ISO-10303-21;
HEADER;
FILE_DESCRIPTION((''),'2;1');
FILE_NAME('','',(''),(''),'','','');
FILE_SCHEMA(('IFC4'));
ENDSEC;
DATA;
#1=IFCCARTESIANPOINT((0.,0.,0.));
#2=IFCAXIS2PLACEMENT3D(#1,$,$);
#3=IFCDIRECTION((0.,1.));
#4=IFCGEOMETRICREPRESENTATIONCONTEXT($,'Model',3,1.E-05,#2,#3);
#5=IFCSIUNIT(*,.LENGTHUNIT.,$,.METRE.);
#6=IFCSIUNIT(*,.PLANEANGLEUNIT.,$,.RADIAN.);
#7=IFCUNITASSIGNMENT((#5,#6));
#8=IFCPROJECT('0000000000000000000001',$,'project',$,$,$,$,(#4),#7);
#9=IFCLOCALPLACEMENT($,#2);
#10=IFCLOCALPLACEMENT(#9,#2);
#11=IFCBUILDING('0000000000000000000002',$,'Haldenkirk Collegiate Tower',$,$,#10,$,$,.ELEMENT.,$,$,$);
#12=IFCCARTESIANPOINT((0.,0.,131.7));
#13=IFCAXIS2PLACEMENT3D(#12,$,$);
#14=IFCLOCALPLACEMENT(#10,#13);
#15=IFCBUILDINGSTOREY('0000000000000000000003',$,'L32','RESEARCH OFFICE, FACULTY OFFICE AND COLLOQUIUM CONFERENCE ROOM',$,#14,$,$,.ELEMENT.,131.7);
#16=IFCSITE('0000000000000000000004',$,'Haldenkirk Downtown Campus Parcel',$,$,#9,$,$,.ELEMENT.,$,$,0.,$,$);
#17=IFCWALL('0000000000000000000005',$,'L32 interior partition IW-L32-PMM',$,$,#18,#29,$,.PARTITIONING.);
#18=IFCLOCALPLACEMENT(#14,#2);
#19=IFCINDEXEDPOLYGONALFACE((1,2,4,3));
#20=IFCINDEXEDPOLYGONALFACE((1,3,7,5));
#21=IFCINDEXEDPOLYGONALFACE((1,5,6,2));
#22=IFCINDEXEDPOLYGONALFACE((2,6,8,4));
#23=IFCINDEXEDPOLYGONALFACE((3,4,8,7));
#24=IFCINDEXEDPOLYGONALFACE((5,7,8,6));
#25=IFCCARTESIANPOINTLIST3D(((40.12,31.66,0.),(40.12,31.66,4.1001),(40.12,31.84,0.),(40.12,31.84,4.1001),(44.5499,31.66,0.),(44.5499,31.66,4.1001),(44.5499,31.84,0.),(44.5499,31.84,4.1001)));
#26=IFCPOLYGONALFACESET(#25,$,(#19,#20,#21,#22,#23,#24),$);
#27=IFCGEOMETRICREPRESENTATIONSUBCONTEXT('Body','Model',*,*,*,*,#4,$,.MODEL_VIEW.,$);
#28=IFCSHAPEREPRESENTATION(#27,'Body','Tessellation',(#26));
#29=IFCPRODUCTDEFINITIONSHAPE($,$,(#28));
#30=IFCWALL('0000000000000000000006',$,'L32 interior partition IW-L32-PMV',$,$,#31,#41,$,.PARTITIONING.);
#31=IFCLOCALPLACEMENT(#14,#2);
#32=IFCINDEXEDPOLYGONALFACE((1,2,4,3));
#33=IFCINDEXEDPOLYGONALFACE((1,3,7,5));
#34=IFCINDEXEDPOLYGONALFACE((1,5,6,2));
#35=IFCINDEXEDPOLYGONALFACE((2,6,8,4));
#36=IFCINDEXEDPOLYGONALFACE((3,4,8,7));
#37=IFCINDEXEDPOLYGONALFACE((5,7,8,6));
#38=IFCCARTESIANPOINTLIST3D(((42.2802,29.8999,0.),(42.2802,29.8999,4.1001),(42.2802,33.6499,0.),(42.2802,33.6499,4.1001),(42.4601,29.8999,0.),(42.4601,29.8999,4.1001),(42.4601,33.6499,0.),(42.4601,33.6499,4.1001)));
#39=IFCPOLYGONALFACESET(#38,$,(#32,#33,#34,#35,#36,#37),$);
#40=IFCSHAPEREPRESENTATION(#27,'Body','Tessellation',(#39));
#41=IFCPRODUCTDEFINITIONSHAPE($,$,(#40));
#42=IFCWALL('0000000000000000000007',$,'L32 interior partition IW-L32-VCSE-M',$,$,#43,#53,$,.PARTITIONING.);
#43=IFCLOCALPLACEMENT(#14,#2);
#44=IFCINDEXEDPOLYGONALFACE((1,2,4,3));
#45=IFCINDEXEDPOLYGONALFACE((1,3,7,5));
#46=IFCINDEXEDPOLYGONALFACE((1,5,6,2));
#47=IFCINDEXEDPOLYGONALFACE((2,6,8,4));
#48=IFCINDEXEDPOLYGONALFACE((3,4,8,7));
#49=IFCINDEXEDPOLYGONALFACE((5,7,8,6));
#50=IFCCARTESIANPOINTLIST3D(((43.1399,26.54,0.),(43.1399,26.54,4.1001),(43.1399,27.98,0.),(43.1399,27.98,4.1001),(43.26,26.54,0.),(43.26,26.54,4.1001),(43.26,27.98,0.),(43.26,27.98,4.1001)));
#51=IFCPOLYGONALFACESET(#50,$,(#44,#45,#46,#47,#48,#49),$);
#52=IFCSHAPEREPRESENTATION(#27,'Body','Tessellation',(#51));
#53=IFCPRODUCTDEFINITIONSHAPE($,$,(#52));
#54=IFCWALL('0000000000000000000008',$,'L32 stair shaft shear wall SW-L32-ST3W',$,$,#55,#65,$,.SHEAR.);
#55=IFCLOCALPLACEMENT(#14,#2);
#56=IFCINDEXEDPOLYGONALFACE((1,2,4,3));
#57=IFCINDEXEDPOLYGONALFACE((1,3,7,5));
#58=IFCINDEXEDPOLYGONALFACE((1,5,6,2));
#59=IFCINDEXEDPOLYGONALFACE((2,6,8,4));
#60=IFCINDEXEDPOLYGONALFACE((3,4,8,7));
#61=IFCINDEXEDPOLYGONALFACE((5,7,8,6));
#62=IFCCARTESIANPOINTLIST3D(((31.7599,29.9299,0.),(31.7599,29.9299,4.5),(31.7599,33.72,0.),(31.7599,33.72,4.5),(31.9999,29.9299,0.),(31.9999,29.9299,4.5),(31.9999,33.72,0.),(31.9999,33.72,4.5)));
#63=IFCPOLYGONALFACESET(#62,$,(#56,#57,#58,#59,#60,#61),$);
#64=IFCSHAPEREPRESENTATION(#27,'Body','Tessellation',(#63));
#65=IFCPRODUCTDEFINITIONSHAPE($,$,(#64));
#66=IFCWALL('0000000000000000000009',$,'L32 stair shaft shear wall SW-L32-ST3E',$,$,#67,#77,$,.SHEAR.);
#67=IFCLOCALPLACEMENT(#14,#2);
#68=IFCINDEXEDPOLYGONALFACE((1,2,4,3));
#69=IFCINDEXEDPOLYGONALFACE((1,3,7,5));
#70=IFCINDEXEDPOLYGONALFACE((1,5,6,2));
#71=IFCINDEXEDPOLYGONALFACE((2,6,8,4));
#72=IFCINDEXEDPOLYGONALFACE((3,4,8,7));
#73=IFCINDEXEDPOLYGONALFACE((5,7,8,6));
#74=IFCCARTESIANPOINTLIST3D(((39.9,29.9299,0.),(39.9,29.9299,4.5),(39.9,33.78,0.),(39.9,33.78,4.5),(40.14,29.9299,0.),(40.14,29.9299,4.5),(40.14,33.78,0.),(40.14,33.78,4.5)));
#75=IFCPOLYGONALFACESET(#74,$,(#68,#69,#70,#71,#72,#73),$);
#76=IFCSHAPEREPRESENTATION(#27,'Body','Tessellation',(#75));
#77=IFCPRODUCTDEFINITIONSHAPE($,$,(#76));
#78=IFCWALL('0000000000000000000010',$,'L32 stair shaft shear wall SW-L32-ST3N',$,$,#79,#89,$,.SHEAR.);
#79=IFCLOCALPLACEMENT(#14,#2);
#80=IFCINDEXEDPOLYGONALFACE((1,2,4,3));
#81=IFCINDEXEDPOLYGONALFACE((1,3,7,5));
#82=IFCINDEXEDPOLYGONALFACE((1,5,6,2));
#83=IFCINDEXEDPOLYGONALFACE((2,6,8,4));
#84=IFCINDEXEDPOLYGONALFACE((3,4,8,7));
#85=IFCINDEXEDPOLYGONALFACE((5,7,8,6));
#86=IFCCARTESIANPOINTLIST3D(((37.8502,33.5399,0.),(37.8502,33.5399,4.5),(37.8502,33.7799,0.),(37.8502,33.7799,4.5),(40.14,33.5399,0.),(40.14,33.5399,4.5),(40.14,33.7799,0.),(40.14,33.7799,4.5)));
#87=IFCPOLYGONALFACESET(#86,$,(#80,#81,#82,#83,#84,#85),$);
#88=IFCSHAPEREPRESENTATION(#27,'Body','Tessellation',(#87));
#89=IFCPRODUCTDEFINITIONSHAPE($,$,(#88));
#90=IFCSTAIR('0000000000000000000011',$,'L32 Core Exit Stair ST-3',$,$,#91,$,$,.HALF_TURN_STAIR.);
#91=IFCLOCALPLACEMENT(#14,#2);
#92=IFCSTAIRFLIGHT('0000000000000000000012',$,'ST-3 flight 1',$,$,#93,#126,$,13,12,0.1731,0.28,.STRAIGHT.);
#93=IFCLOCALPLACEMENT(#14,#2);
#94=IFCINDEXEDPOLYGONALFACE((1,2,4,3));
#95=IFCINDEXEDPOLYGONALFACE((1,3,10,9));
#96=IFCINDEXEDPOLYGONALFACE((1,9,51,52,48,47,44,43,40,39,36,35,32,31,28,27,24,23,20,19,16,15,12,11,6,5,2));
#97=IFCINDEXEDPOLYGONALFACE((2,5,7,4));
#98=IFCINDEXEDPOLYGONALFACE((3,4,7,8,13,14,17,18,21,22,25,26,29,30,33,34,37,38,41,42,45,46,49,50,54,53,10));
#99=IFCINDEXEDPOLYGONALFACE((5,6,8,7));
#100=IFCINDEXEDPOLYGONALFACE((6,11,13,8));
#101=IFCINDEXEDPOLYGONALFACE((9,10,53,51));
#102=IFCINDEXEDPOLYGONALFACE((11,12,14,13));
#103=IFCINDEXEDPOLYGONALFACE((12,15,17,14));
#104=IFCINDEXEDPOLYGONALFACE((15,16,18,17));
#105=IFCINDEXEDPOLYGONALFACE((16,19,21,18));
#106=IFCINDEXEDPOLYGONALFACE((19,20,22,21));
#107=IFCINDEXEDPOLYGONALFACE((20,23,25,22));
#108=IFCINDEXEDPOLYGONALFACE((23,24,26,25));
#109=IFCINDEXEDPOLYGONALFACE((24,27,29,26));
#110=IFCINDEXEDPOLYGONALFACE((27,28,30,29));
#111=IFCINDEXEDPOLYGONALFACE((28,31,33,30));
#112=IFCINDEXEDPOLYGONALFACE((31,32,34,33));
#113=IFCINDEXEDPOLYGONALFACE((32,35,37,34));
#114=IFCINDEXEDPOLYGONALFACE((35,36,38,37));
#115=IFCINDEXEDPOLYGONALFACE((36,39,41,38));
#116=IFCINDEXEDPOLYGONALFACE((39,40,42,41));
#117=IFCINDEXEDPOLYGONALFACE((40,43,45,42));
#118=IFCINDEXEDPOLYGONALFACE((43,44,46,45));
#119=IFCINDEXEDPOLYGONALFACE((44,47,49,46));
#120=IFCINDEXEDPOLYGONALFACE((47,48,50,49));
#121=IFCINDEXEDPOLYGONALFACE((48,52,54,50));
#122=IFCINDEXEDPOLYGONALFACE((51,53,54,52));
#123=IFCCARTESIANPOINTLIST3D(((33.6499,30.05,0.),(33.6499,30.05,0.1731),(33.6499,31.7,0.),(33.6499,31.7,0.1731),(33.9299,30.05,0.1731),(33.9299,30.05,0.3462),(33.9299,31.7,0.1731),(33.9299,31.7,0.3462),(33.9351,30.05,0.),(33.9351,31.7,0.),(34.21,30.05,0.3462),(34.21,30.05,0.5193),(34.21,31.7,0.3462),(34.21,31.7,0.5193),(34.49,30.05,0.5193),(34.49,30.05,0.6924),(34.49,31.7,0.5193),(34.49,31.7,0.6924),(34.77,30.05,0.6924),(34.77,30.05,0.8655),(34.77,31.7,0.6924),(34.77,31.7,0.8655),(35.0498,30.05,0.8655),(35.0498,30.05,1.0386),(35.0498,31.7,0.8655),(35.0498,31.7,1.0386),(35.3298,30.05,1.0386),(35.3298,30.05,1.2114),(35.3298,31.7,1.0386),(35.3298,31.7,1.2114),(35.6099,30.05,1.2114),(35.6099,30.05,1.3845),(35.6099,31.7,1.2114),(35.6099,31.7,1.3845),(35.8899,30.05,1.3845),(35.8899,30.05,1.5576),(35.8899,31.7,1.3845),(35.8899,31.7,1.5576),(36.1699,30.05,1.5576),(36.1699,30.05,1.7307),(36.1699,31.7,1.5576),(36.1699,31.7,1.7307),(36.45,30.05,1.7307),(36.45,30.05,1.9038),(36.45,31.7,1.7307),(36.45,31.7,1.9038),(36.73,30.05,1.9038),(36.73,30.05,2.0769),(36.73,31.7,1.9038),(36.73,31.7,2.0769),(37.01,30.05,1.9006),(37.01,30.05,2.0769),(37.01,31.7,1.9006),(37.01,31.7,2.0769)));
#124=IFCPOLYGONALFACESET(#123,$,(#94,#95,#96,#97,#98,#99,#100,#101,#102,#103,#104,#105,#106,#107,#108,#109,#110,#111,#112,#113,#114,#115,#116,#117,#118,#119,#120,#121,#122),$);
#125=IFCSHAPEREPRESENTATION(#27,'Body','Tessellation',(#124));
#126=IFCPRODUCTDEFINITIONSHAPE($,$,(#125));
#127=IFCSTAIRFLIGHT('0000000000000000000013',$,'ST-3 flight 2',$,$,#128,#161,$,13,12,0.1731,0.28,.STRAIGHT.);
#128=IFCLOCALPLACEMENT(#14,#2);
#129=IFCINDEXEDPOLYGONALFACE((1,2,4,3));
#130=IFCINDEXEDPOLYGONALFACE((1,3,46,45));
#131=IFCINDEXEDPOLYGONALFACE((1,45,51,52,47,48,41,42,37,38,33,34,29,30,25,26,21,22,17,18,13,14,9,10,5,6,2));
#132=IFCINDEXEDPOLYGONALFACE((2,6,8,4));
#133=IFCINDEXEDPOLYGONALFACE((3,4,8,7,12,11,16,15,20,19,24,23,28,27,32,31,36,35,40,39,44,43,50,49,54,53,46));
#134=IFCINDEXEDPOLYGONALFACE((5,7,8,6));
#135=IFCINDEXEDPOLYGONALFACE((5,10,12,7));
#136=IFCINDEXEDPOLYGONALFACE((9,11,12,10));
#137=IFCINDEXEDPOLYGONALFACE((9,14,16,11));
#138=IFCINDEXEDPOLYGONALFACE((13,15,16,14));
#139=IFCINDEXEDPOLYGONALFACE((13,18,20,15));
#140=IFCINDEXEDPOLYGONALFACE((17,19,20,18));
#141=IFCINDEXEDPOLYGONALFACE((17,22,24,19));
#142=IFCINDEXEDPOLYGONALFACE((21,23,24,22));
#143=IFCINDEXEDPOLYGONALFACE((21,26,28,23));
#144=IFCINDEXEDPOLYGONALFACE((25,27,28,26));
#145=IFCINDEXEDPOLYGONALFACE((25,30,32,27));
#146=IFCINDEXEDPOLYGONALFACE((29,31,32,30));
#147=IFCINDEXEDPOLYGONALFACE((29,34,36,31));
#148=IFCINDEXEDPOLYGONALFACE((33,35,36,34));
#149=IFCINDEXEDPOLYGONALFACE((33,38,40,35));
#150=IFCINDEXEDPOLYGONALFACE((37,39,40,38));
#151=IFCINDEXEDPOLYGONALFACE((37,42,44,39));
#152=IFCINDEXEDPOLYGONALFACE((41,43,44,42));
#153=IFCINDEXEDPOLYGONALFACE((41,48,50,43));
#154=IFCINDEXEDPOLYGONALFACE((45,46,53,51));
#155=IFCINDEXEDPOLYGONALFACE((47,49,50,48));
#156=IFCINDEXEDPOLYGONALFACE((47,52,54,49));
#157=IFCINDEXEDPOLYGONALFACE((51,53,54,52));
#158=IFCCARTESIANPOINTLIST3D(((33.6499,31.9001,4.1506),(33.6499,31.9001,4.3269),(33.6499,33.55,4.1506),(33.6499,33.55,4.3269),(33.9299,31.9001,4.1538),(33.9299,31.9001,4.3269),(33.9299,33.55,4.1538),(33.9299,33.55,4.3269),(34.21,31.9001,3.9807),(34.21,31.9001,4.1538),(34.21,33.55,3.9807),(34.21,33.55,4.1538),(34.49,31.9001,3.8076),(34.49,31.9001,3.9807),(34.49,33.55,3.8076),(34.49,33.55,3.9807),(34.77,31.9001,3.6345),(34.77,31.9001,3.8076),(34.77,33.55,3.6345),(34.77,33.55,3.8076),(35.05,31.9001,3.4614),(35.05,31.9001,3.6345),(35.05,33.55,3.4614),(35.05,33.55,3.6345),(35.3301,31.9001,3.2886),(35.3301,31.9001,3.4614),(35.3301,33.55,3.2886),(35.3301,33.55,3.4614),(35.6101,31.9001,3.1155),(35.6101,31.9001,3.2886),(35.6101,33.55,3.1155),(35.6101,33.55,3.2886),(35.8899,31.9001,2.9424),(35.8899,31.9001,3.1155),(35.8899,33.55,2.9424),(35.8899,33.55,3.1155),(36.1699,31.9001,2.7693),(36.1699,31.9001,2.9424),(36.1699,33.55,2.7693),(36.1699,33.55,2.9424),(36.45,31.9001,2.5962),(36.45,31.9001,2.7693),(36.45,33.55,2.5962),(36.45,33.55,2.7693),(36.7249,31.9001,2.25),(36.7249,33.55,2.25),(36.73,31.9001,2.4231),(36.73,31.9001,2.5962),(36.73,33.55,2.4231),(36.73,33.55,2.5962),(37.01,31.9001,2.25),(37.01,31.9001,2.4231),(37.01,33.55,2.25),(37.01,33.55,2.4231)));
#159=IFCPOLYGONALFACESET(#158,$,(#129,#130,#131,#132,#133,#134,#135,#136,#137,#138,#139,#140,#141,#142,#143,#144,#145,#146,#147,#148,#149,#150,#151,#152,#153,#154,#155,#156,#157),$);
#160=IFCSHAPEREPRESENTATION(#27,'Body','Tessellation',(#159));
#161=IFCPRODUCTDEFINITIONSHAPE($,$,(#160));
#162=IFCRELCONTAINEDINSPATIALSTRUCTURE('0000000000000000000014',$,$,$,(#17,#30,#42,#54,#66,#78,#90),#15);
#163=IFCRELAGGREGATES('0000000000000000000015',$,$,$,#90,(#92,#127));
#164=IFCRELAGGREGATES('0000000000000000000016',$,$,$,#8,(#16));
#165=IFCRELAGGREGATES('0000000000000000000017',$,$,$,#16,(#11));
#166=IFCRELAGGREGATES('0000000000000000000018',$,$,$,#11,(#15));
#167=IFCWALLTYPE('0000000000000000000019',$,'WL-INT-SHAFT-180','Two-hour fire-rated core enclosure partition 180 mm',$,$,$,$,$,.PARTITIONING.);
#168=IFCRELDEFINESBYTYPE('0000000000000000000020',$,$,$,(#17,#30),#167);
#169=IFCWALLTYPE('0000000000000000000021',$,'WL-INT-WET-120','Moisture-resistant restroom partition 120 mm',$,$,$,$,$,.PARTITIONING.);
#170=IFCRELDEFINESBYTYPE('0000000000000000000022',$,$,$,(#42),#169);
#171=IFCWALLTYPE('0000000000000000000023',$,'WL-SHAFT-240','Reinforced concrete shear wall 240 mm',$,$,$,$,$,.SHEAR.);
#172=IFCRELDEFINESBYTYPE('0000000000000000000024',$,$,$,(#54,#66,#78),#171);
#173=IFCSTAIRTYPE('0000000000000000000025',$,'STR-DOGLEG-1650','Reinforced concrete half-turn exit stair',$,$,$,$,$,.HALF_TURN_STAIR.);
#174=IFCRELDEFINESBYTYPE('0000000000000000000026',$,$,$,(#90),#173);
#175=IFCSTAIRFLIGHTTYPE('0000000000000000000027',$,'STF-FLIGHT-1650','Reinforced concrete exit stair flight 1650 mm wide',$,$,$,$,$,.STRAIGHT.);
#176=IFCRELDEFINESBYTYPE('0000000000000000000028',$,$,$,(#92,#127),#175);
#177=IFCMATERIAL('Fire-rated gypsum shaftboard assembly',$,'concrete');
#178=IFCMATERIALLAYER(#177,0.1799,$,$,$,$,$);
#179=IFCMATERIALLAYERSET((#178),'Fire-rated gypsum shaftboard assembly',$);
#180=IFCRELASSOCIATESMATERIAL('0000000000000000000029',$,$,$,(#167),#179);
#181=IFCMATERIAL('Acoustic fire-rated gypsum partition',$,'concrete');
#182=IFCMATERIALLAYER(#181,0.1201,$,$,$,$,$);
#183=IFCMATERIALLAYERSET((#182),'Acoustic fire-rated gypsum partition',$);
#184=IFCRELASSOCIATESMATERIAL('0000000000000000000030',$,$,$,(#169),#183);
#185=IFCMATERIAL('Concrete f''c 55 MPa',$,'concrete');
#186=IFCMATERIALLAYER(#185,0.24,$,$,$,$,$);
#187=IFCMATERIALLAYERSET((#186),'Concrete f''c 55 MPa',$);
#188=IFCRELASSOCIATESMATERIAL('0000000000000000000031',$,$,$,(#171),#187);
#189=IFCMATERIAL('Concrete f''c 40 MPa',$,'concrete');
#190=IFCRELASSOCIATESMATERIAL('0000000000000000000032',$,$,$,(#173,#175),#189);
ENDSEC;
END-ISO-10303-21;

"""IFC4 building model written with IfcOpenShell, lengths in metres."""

from ifc_helpers import new_model, si_unit, direction, frame, frame_2d, origin, place, context, subcontext, project, spatial, polyline, rectangle, outline, extrude, material, layer, layer_set, type_object, element, aggregate, save


model = new_model("IFC4")

# Units and contexts
model_context = context("Model", 3, precision=1e-05, world=origin(), true_north=direction((0.0, 1.0)))
body_context = subcontext(model_context, "Body", "Model", "MODEL_VIEW")
ifc_project = project(units=[si_unit("LENGTHUNIT", "METRE"), si_unit("PLANEANGLEUNIT", "RADIAN")], contexts=[model_context])

# Site, building, storey
site_placement = place(None, origin())
site = spatial("IfcSite", under=ifc_project, at=site_placement, Name="Haldenkirk Downtown Campus Parcel", CompositionType="ELEMENT", RefElevation=0.0)
building_placement = place(site_placement, origin())
building = spatial("IfcBuilding", under=site, at=building_placement, Name="Haldenkirk Collegiate Tower", CompositionType="ELEMENT")
storey_placement = place(building_placement, frame((0.0, 0.0, 131.7)))
storey = spatial("IfcBuildingStorey", under=building, at=storey_placement, Name="L32", Description="RESEARCH OFFICE, FACULTY OFFICE AND COLLOQUIUM CONFERENCE ROOM", CompositionType="ELEMENT", Elevation=131.7)

# Shared definitions
ifc_material_1 = material(Name="Acoustic fire-rated gypsum partition", Category="concrete")
ifc_material_2 = material(Name="Fire-rated gypsum shaftboard assembly", Category="concrete")
ifc_layer_1 = layer(ifc_material_2, 0.1799)
ifc_layer_set_1 = layer_set([ifc_layer_1], Name="Fire-rated gypsum shaftboard assembly")
wall_type_1 = type_object("IfcWallType", Name="WL-INT-SHAFT-180", Description="Two-hour fire-rated core enclosure partition 180 mm", PredefinedType="PARTITIONING", material=ifc_layer_set_1)

# Walls
wall_1_placement = place(storey_placement, frame((40.1201, 31.75, 0.0), z_axis=(0.0, 0.0, 1.0), x_axis=(1.0, 0.0, 0.0)))
element("IfcWall", 1, at=wall_1_placement, inside=storey, type_object=wall_type_1, Name="L32 interior partition IW-L32-PMM", PredefinedType="PARTITIONING", context=body_context, shape_type="SweptSolid", body=[
    extrude(rectangle(XDim=4.4299, YDim=0.1799, at=frame_2d((2.2148, 0.0))), origin(), (0.0, 0.0, 1.0), 4.1001),
])
wall_2_placement = place(storey_placement, frame((42.3701, 29.8999, 0.0), z_axis=(0.0, 0.0, 1.0), x_axis=(0.0, 1.0, 0.0)))
element("IfcWall", 2, at=wall_2_placement, inside=storey, type_object=wall_type_1, Name="L32 interior partition IW-L32-PMV", PredefinedType="PARTITIONING", context=body_context, shape_type="SweptSolid", body=[
    extrude(rectangle(XDim=3.75, YDim=0.1799, at=frame_2d((1.875, 0.0))), origin(), (0.0, 0.0, 1.0), 4.1001),
])
ifc_layer_2 = layer(ifc_material_1, 0.1201)
ifc_layer_set_2 = layer_set([ifc_layer_2], Name="Acoustic fire-rated gypsum partition")
wall_type_2 = type_object("IfcWallType", Name="WL-INT-WET-120", Description="Moisture-resistant restroom partition 120 mm", PredefinedType="PARTITIONING", material=ifc_layer_set_2)
wall_3_placement = place(storey_placement, frame((43.2, 26.54, 0.0), z_axis=(0.0, 0.0, 1.0), x_axis=(0.0, 1.0, 0.0)))
element("IfcWall", 3, at=wall_3_placement, inside=storey, type_object=wall_type_2, Name="L32 interior partition IW-L32-VCSE-M", PredefinedType="PARTITIONING", context=body_context, shape_type="SweptSolid", body=[
    extrude(rectangle(XDim=1.4399, YDim=0.1201, at=frame_2d((0.72, 0.0))), origin(), (0.0, 0.0, 1.0), 4.1001),
])
ifc_material_3 = material(Name="Concrete f'c 55 MPa", Category="concrete")
ifc_layer_3 = layer(ifc_material_3, 0.24)
ifc_layer_set_3 = layer_set([ifc_layer_3], Name="Concrete f'c 55 MPa")
wall_type_3 = type_object("IfcWallType", Name="WL-SHAFT-240", Description="Reinforced concrete shear wall 240 mm", PredefinedType="SHEAR", material=ifc_layer_set_3)
wall_4_placement = place(storey_placement, frame((31.8799, 29.9299, 0.0), z_axis=(0.0, 0.0, 1.0), x_axis=(0.0, 1.0, 0.0)))
element("IfcWall", 4, at=wall_4_placement, inside=storey, type_object=wall_type_3, Name="L32 stair shaft shear wall SW-L32-ST3W", PredefinedType="SHEAR", context=body_context, shape_type="SweptSolid", body=[
    extrude(rectangle(XDim=3.79, YDim=0.24, at=frame_2d((1.895, 0.0))), origin(), (0.0, 0.0, 1.0), 4.5),
])
wall_5_placement = place(storey_placement, frame((40.02, 29.9299, 0.0), z_axis=(0.0, 0.0, 1.0), x_axis=(0.0, 1.0, 0.0)))
element("IfcWall", 5, at=wall_5_placement, inside=storey, type_object=wall_type_3, Name="L32 stair shaft shear wall SW-L32-ST3E", PredefinedType="SHEAR", context=body_context, shape_type="SweptSolid", body=[
    extrude(rectangle(XDim=3.8501, YDim=0.24, at=frame_2d((1.925, 0.0))), origin(), (0.0, 0.0, 1.0), 4.5),
])
wall_6_placement = place(storey_placement, frame((37.8501, 33.6599, 0.0), z_axis=(0.0, 0.0, 1.0), x_axis=(1.0, 0.0, 0.0)))
element("IfcWall", 6, at=wall_6_placement, inside=storey, type_object=wall_type_3, Name="L32 stair shaft shear wall SW-L32-ST3N", PredefinedType="SHEAR", context=body_context, shape_type="SweptSolid", body=[
    extrude(rectangle(XDim=2.2898, YDim=0.24, at=frame_2d((1.145, 0.0))), origin(), (0.0, 0.0, 1.0), 4.5),
])

# Stair, stair flights
ifc_material_4 = material(Name="Concrete f'c 40 MPa", Category="concrete")
stair_type = type_object("IfcStairType", Name="STR-DOGLEG-1650", Description="Reinforced concrete half-turn exit stair", PredefinedType="HALF_TURN_STAIR", material=ifc_material_4)
stair_placement = place(storey_placement, origin())
stair = element("IfcStair", 7, at=stair_placement, inside=storey, type_object=stair_type, Name="L32 Core Exit Stair ST-3", PredefinedType="HALF_TURN_STAIR")
stair_flight_type = type_object("IfcStairFlightType", Name="STF-FLIGHT-1650", Description="Reinforced concrete exit stair flight 1650 mm wide", PredefinedType="STRAIGHT", material=ifc_material_4)
stair_flight_1_placement = place(storey_placement, frame((33.6499, 30.875, 0.0), z_axis=(0.0, 0.0, 1.0), x_axis=(1.0, 0.0, 0.0)))
stair_flight_1 = element("IfcStairFlight", 8, at=stair_flight_1_placement, type_object=stair_flight_type, Name="ST-3 flight 1", NumberOfRisers=13, NumberOfTreads=12, PredefinedType="STRAIGHT", RiserHeight=0.1731, TreadLength=0.28, context=body_context, shape_type="SweptSolid", body=[
    extrude(outline(polyline([(0.0, 0.0), (0.0, 0.1731), (0.28, 0.1731), (0.28, 0.3462), (0.5601, 0.3462), (0.5601, 0.5193), (0.8401, 0.5193), (0.8401, 0.6924), (1.1201, 0.6924), (1.1201, 0.8655), (1.3999, 0.8655), (1.3999, 1.0386), (1.6799, 1.0386), (1.6799, 1.2114), (1.96, 1.2114), (1.96, 1.3845), (2.24, 1.3845), (2.24, 1.5576), (2.52, 1.5576), (2.52, 1.7307), (2.8, 1.7307), (2.8, 1.9038), (3.0801, 1.9038), (3.0801, 2.0769), (3.3601, 2.0769), (3.3601, 2.25), (3.3601, 1.9006), (0.2852, 0.0), (0.0, 0.0)])), frame((0.0, 0.825, 0.0), z_axis=(0.0, -1.0, 0.0), x_axis=(1.0, 0.0, 0.0)), (0.0, 0.0, 1.0), 1.6499),
])
stair_flight_2_placement = place(storey_placement, frame((37.01, 32.7251, 2.25), z_axis=(0.0, 0.0, 1.0), x_axis=(-1.0, 0.0, 0.0)))
stair_flight_2 = element("IfcStairFlight", 9, at=stair_flight_2_placement, type_object=stair_flight_type, Name="ST-3 flight 2", NumberOfRisers=13, NumberOfTreads=12, PredefinedType="STRAIGHT", RiserHeight=0.1731, TreadLength=0.28, context=body_context, shape_type="SweptSolid", body=[
    extrude(outline(polyline([(0.0, 0.0), (0.0, 0.1731), (0.28, 0.1731), (0.28, 0.3462), (0.5601, 0.3462), (0.5601, 0.5193), (0.8401, 0.5193), (0.8401, 0.6924), (1.1201, 0.6924), (1.1201, 0.8655), (1.3999, 0.8655), (1.3999, 1.0386), (1.6799, 1.0386), (1.6799, 1.2114), (1.96, 1.2114), (1.96, 1.3845), (2.24, 1.3845), (2.24, 1.5576), (2.52, 1.5576), (2.52, 1.7307), (2.8, 1.7307), (2.8, 1.9038), (3.0801, 1.9038), (3.0801, 2.0769), (3.3601, 2.0769), (3.3601, 2.25), (3.3601, 1.9006), (0.2852, 0.0), (0.0, 0.0)])), frame((0.0, 0.825, 0.0), z_axis=(0.0, -1.0, 0.0), x_axis=(1.0, 0.0, 0.0)), (0.0, 0.0, 1.0), 1.6499),
])
aggregate(stair, [stair_flight_1, stair_flight_2])

save(model, "model.ifc")
